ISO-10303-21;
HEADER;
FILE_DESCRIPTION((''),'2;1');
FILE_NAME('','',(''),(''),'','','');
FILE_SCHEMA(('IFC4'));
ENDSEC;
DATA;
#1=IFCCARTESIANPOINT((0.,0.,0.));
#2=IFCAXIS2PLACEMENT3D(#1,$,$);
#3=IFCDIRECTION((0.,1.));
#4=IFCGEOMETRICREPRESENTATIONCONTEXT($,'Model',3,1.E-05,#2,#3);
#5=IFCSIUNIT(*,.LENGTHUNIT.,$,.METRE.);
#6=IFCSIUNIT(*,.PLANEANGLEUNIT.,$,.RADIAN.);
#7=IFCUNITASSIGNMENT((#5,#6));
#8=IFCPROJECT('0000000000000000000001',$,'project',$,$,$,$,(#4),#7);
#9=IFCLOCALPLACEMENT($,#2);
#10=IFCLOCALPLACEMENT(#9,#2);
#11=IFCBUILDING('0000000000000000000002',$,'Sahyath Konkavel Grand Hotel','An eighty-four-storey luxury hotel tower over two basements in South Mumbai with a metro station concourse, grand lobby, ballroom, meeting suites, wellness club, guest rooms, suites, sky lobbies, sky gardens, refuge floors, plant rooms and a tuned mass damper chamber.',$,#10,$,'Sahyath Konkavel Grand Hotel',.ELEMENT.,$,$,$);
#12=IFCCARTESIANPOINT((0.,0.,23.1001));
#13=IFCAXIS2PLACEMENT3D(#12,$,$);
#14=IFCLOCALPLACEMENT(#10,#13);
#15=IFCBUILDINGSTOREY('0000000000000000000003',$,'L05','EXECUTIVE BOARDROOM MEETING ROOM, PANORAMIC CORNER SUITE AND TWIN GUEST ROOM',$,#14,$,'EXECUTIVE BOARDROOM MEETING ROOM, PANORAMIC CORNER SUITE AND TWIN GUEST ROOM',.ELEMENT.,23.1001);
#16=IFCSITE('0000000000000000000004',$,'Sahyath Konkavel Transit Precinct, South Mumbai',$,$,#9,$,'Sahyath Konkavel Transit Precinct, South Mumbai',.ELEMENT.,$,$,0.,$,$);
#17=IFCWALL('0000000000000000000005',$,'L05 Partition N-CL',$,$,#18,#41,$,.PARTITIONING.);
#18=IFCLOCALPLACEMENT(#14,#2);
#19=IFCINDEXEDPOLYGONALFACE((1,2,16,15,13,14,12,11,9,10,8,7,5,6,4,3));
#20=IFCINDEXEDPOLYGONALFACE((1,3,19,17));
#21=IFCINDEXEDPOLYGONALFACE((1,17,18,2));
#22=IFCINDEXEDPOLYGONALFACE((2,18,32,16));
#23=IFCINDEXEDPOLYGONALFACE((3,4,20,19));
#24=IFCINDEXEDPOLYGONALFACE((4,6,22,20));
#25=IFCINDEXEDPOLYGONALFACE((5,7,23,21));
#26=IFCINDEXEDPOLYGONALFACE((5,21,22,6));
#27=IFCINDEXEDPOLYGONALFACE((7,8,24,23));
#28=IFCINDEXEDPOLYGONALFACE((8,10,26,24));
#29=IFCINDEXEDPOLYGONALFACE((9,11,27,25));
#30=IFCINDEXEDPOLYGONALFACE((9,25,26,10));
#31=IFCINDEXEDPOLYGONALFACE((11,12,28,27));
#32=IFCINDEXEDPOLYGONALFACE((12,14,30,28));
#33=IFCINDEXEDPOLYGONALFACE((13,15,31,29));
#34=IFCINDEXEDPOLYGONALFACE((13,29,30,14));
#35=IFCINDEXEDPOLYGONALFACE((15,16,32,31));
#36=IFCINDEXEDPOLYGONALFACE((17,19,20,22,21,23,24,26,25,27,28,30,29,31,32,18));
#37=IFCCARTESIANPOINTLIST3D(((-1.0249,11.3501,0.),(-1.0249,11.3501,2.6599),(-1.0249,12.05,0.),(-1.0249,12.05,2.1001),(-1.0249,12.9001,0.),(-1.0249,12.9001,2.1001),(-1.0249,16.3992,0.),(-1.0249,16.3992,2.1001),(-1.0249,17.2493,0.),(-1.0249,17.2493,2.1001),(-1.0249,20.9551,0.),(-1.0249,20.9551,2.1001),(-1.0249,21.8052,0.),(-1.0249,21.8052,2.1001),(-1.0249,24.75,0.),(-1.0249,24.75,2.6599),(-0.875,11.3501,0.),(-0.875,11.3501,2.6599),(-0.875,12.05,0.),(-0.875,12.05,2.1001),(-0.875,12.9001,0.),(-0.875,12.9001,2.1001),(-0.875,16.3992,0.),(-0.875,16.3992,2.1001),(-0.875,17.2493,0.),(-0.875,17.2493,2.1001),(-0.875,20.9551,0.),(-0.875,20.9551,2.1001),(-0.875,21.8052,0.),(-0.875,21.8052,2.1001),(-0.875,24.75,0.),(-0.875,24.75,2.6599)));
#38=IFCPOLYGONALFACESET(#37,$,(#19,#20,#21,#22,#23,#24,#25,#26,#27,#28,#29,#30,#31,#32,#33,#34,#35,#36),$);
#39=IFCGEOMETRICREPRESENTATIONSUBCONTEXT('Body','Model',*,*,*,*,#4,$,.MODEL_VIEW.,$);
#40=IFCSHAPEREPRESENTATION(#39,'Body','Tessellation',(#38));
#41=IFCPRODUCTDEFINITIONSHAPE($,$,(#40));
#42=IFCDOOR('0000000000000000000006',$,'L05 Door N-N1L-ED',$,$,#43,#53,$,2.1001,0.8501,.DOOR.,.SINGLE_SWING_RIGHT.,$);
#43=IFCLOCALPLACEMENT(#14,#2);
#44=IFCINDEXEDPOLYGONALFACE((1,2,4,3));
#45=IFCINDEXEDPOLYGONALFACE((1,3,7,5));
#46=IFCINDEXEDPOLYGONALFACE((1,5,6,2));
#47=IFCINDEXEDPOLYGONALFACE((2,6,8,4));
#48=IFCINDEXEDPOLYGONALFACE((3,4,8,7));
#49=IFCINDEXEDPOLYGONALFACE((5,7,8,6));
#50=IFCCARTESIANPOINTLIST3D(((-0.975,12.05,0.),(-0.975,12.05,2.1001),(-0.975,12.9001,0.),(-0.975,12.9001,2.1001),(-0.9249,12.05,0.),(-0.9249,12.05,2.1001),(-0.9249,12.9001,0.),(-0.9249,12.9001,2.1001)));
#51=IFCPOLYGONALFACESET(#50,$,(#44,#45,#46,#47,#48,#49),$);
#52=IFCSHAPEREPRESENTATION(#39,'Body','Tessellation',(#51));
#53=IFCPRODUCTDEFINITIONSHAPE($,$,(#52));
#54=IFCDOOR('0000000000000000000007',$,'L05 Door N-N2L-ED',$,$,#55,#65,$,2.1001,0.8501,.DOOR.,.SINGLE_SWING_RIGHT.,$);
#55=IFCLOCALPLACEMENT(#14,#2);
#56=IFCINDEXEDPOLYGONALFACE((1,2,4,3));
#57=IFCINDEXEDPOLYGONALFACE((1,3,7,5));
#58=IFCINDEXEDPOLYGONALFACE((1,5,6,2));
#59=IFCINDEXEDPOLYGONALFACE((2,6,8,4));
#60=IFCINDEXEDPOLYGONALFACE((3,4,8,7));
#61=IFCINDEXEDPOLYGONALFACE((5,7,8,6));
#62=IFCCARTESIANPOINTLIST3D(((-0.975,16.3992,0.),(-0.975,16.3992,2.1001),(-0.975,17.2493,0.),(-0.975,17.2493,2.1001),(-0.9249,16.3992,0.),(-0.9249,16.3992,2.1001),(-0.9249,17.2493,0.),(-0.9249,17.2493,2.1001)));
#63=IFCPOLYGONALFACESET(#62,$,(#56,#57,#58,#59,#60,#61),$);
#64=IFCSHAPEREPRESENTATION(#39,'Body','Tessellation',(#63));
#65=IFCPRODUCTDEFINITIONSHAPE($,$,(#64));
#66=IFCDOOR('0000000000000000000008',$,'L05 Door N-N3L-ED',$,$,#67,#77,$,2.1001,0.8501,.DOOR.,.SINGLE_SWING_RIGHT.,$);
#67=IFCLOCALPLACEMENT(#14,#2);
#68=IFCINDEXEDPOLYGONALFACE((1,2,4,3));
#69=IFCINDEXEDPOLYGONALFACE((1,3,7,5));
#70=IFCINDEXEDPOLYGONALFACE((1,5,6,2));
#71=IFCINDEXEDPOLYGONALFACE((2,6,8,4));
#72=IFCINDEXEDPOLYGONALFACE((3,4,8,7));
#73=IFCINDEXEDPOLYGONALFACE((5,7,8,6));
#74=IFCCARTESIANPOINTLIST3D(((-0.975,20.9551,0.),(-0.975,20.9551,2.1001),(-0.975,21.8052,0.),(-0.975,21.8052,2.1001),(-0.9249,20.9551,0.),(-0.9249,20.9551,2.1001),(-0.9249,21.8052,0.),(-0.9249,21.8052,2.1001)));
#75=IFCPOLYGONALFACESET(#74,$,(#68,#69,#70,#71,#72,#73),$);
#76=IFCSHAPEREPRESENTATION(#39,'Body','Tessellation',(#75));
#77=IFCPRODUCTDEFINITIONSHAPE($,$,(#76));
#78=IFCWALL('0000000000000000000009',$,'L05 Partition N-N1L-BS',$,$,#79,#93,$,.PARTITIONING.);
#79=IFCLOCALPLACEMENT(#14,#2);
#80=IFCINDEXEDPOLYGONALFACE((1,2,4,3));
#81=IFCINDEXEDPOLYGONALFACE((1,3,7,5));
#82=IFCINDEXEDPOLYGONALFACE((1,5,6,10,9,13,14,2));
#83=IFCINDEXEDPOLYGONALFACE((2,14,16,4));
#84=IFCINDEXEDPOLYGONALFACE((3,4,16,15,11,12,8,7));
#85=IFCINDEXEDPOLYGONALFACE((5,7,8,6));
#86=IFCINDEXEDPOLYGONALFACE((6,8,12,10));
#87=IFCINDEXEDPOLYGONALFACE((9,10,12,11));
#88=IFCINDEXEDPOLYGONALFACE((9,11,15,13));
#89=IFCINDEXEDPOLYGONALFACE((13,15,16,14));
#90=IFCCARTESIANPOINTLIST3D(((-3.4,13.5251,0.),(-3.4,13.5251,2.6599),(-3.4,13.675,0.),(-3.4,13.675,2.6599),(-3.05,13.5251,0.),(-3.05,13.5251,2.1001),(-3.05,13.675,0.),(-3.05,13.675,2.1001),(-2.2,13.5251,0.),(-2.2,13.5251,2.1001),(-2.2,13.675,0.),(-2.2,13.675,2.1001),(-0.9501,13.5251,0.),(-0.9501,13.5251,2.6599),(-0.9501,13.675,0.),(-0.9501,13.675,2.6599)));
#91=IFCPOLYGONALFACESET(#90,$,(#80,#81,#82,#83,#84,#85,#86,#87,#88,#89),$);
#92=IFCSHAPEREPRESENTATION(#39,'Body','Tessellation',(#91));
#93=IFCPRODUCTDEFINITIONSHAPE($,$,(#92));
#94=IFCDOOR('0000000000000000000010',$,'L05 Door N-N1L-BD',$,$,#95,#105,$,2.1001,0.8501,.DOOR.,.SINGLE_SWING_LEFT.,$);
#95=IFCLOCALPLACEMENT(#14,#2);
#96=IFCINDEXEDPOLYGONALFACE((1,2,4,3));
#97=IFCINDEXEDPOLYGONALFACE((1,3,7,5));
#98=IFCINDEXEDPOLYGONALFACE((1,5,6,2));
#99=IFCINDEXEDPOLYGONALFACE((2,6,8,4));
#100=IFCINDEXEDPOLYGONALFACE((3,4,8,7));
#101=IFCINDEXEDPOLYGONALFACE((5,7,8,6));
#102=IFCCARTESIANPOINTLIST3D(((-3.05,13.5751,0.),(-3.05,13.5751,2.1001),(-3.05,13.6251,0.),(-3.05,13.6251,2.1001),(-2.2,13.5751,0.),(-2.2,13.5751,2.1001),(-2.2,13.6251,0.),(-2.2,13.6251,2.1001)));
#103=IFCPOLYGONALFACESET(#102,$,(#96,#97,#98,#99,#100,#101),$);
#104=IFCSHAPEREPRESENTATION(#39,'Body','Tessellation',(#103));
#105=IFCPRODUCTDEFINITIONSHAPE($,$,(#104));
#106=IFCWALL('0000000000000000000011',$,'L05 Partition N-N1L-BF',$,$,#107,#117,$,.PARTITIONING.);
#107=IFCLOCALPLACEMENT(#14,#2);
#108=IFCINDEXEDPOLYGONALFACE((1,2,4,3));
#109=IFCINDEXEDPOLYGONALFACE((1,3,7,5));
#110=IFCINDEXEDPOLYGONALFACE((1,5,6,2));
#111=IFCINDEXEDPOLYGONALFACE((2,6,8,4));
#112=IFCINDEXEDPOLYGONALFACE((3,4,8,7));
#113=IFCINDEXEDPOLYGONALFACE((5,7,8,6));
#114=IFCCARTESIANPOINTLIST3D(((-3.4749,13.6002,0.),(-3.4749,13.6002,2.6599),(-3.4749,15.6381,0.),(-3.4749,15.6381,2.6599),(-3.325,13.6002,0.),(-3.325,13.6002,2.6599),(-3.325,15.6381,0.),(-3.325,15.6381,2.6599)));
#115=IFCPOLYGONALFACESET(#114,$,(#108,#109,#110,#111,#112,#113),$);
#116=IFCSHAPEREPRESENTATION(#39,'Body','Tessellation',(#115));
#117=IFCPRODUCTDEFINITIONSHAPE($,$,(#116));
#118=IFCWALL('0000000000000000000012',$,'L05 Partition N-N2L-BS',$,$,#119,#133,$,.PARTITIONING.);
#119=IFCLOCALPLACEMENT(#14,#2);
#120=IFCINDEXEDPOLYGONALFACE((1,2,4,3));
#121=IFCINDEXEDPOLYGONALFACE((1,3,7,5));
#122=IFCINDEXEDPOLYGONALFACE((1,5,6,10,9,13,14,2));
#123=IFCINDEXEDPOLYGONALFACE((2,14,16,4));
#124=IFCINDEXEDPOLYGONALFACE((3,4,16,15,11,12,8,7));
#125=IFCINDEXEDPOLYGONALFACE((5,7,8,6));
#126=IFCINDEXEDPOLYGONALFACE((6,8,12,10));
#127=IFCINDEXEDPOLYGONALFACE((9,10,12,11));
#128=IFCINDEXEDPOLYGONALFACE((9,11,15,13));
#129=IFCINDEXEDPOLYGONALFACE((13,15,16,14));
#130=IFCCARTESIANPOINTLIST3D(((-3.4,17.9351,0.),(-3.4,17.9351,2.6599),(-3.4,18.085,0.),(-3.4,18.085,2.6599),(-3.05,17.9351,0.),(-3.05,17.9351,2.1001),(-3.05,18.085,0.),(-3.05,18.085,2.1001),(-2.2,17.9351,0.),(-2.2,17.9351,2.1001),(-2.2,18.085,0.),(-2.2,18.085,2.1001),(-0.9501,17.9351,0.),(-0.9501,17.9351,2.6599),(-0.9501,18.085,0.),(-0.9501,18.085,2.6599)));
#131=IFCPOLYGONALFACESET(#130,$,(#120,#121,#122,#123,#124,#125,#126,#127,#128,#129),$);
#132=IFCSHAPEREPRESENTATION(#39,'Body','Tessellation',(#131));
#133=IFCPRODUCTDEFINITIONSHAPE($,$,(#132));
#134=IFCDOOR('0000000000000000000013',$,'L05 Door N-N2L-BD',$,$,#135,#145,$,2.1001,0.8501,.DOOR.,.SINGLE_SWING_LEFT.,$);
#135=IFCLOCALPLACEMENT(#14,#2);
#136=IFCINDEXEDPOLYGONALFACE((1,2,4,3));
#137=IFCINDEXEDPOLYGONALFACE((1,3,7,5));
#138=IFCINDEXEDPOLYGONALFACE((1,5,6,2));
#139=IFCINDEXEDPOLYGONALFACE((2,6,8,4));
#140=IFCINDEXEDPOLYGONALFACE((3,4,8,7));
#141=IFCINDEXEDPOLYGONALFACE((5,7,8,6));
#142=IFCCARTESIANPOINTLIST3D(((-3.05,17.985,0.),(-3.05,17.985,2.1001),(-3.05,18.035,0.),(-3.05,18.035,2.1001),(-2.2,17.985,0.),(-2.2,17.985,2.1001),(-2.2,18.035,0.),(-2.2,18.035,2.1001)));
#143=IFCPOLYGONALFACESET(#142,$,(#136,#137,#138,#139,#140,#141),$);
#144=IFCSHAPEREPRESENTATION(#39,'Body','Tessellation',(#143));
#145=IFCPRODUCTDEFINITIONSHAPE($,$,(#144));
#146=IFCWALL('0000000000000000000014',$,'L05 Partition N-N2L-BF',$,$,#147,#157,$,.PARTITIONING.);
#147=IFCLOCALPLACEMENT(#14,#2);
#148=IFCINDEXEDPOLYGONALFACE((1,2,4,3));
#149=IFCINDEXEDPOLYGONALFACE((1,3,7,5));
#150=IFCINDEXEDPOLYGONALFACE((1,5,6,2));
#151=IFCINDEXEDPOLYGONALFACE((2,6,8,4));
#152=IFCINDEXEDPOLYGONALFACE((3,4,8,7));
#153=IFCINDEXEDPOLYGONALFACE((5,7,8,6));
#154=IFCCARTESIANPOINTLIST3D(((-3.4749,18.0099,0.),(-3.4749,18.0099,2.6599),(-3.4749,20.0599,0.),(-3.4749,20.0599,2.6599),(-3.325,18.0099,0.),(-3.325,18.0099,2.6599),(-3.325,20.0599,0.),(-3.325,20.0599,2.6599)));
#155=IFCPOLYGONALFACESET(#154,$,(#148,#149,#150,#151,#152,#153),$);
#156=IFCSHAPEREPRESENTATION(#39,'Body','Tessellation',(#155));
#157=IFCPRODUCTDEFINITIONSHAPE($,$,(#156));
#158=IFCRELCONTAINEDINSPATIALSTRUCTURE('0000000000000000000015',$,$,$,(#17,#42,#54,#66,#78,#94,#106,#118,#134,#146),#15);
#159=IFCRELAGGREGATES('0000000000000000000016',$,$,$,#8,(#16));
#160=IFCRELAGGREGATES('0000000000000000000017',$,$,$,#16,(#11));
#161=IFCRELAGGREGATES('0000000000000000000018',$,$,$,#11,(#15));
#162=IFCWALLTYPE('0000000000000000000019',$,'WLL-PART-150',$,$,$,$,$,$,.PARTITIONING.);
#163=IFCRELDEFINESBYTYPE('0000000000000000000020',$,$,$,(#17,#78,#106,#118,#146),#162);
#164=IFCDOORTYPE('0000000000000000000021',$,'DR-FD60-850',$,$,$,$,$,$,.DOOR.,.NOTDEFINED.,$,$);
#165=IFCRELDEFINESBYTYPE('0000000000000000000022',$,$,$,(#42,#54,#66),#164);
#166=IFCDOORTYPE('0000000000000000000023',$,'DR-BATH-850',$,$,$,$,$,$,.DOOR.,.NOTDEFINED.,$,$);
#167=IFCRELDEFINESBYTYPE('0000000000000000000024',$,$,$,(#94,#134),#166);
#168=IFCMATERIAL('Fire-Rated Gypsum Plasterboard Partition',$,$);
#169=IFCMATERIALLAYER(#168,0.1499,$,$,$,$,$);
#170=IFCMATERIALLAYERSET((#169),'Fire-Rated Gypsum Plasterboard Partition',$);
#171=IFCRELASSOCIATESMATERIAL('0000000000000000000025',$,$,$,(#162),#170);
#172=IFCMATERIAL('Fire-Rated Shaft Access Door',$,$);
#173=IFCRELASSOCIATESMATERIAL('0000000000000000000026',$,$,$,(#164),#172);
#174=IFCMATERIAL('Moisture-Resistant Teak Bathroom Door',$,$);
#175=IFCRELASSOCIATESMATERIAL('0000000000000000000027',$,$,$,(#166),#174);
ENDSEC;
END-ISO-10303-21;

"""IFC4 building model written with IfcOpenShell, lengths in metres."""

from ifc_helpers import new_model, si_unit, direction, frame, frame_2d, origin, origin_2d, place, context, subcontext, project, spatial, rectangle, extrude, source, transform, mapped, material, layer, layer_set, type_object, element, fill, save


model = new_model("IFC4")

# Units and contexts
model_context = context("Model", 3, precision=1e-05, world=origin(), true_north=direction((0.0, 1.0)))
body_context = subcontext(model_context, "Body", "Model", "MODEL_VIEW")
ifc_project = project(units=[si_unit("LENGTHUNIT", "METRE"), si_unit("PLANEANGLEUNIT", "RADIAN")], contexts=[model_context])

# Site, building, storey
site_placement = place(None, origin())
site = spatial("IfcSite", under=ifc_project, at=site_placement, Name="Sahyath Konkavel Transit Precinct, South Mumbai", LongName="Sahyath Konkavel Transit Precinct, South Mumbai", CompositionType="ELEMENT", RefElevation=0.0)
building_placement = place(site_placement, origin())
building = spatial("IfcBuilding", under=site, at=building_placement, Name="Sahyath Konkavel Grand Hotel", Description="An eighty-four-storey luxury hotel tower over two basements in South Mumbai with a metro station concourse, grand lobby, ballroom, meeting suites, wellness club, guest rooms, suites, sky lobbies, sky gardens, refuge floors, plant rooms and a tuned mass damper chamber.", LongName="Sahyath Konkavel Grand Hotel", CompositionType="ELEMENT")
storey_placement = place(building_placement, frame((0.0, 0.0, 23.1001)))
storey = spatial("IfcBuildingStorey", under=building, at=storey_placement, Name="L05", Description="EXECUTIVE BOARDROOM MEETING ROOM, PANORAMIC CORNER SUITE AND TWIN GUEST ROOM", LongName="EXECUTIVE BOARDROOM MEETING ROOM, PANORAMIC CORNER SUITE AND TWIN GUEST ROOM", CompositionType="ELEMENT", Elevation=23.1001)

# Wall, openings, doors
ifc_material_1 = material(Name="Fire-Rated Gypsum Plasterboard Partition")
ifc_layer_1 = layer(ifc_material_1, 0.1499)
ifc_layer_set_1 = layer_set([ifc_layer_1], Name="Fire-Rated Gypsum Plasterboard Partition")
wall_type_1 = type_object("IfcWallType", Name="WLL-PART-150", PredefinedType="PARTITIONING", material=ifc_layer_set_1)
wall_1_placement = place(storey_placement, frame((-0.95, 11.3501, 0.0), z_axis=(0.0, 0.0, 1.0), x_axis=(0.0, 1.0, 0.0)))
wall_1 = element("IfcWall", 1, at=wall_1_placement, inside=storey, type_object=wall_type_1, Name="L05 Partition N-CL", PredefinedType="PARTITIONING", context=body_context, shape_type="SweptSolid", body=[
    extrude(rectangle(XDim=13.3999, YDim=0.1499, at=frame_2d((6.7, 0.0))), origin(), (0.0, 0.0, 1.0), 2.6599),
])
opening_1_placement = place(wall_1_placement, frame((0.7, 0.0, 0.0)))
opening_1 = element("IfcOpeningElement", 2, at=opening_1_placement, cuts=wall_1, PredefinedType="OPENING", context=body_context, shape_type="SweptSolid", body=[
    extrude(rectangle(XDim=0.8501, YDim=2.1001, at=frame_2d((0.425, 1.05))), frame((0.0, 0.085, 0.0), z_axis=(0.0, -1.0, 0.0), x_axis=(1.0, 0.0, 0.0)), (0.0, 0.0, 1.0), 0.1699),
])
opening_2_placement = place(wall_1_placement, frame((5.0491, 0.0, 0.0)))
opening_2 = element("IfcOpeningElement", 3, at=opening_2_placement, cuts=wall_1, PredefinedType="OPENING", context=body_context, shape_type="SweptSolid", body=[
    extrude(rectangle(XDim=0.8501, YDim=2.1001, at=frame_2d((0.425, 1.05))), frame((0.0, 0.085, 0.0), z_axis=(0.0, -1.0, 0.0), x_axis=(1.0, 0.0, 0.0)), (0.0, 0.0, 1.0), 0.1699),
])
opening_3_placement = place(wall_1_placement, frame((9.605, 0.0, 0.0)))
opening_3 = element("IfcOpeningElement", 4, at=opening_3_placement, cuts=wall_1, PredefinedType="OPENING", context=body_context, shape_type="SweptSolid", body=[
    extrude(rectangle(XDim=0.8501, YDim=2.1001, at=frame_2d((0.425, 1.05))), frame((0.0, 0.085, 0.0), z_axis=(0.0, -1.0, 0.0), x_axis=(1.0, 0.0, 0.0)), (0.0, 0.0, 1.0), 0.1699),
])
ifc_material_2 = material(Name="Fire-Rated Shaft Access Door")
door_type_1 = type_object("IfcDoorType", Name="DR-FD60-850", OperationType="NOTDEFINED", PredefinedType="DOOR", material=ifc_material_2)
shared_shape_1 = source(origin(), body_context, "Body", "SweptSolid", [
    extrude(rectangle(XDim=0.8501, YDim=0.05, at=origin_2d()), origin(), (0.0, 0.0, 1.0), 2.1001),
])
door_1_placement = place(opening_1_placement, frame((0.425, 0.0, 0.0)))
door_1 = element("IfcDoor", 5, at=door_1_placement, inside=storey, type_object=door_type_1, Name="L05 Door N-N1L-ED", OperationType="SINGLE_SWING_RIGHT", OverallHeight=2.1001, OverallWidth=0.8501, PredefinedType="DOOR", context=body_context, shape_type="MappedRepresentation", body=[
    mapped(shared_shape_1, transform((0.0, 0.0, 0.0), scale=1.0)),
])
fill(opening_1, door_1)
door_2_placement = place(opening_2_placement, frame((0.425, 0.0, 0.0)))
door_2 = element("IfcDoor", 6, at=door_2_placement, inside=storey, type_object=door_type_1, Name="L05 Door N-N2L-ED", OperationType="SINGLE_SWING_RIGHT", OverallHeight=2.1001, OverallWidth=0.8501, PredefinedType="DOOR", context=body_context, shape_type="MappedRepresentation", body=[
    mapped(shared_shape_1, transform((0.0, 0.0, 0.0), scale=1.0)),
])
fill(opening_2, door_2)
door_3_placement = place(opening_3_placement, frame((0.425, 0.0, 0.0)))
door_3 = element("IfcDoor", 7, at=door_3_placement, inside=storey, type_object=door_type_1, Name="L05 Door N-N3L-ED", OperationType="SINGLE_SWING_RIGHT", OverallHeight=2.1001, OverallWidth=0.8501, PredefinedType="DOOR", context=body_context, shape_type="MappedRepresentation", body=[
    mapped(shared_shape_1, transform((0.0, 0.0, 0.0), scale=1.0)),
])
fill(opening_3, door_3)

# Wall, opening, door
wall_2_placement = place(storey_placement, frame((-0.95, 13.6001, 0.0), z_axis=(0.0, 0.0, 1.0), x_axis=(-1.0, 0.0, 0.0)))
wall_2 = element("IfcWall", 8, at=wall_2_placement, inside=storey, type_object=wall_type_1, Name="L05 Partition N-N1L-BS", PredefinedType="PARTITIONING", context=body_context, shape_type="SweptSolid", body=[
    extrude(rectangle(XDim=2.45, YDim=0.1499, at=frame_2d((1.2251, 0.0))), origin(), (0.0, 0.0, 1.0), 2.6599),
])
opening_4_placement = place(wall_2_placement, frame((1.25, 0.0, 0.0)))
opening_4 = element("IfcOpeningElement", 9, at=opening_4_placement, cuts=wall_2, PredefinedType="OPENING", context=body_context, shape_type="SweptSolid", body=[
    extrude(rectangle(XDim=0.8501, YDim=2.1001, at=frame_2d((0.425, 1.05))), frame((0.0, 0.085, 0.0), z_axis=(0.0, -1.0, 0.0), x_axis=(1.0, 0.0, 0.0)), (0.0, 0.0, 1.0), 0.1699),
])
ifc_material_3 = material(Name="Moisture-Resistant Teak Bathroom Door")
door_type_2 = type_object("IfcDoorType", Name="DR-BATH-850", OperationType="NOTDEFINED", PredefinedType="DOOR", material=ifc_material_3)
door_4_placement = place(opening_4_placement, frame((0.425, 0.0, 0.0)))
door_4 = element("IfcDoor", 10, at=door_4_placement, inside=storey, type_object=door_type_2, Name="L05 Door N-N1L-BD", OperationType="SINGLE_SWING_LEFT", OverallHeight=2.1001, OverallWidth=0.8501, PredefinedType="DOOR", context=body_context, shape_type="MappedRepresentation", body=[
    mapped(shared_shape_1, transform((0.0, 0.0, 0.0), scale=1.0)),
])
fill(opening_4, door_4)

# Wall
wall_3_placement = place(storey_placement, frame((-3.3999, 13.6001, 0.0), z_axis=(0.0, 0.0, 1.0), x_axis=(0.0, 1.0, 0.0)))
element("IfcWall", 11, at=wall_3_placement, inside=storey, type_object=wall_type_1, Name="L05 Partition N-N1L-BF", PredefinedType="PARTITIONING", context=body_context, shape_type="SweptSolid", body=[
    extrude(rectangle(XDim=2.0378, YDim=0.1499, at=frame_2d((1.019, 0.0))), origin(), (0.0, 0.0, 1.0), 2.6599),
])

# Wall, opening, door
wall_4_placement = place(storey_placement, frame((-0.95, 18.01, 0.0), z_axis=(0.0, 0.0, 1.0), x_axis=(-1.0, 0.0, 0.0)))
wall_4 = element("IfcWall", 12, at=wall_4_placement, inside=storey, type_object=wall_type_1, Name="L05 Partition N-N2L-BS", PredefinedType="PARTITIONING", context=body_context, shape_type="SweptSolid", body=[
    extrude(rectangle(XDim=2.45, YDim=0.1499, at=frame_2d((1.2251, 0.0))), origin(), (0.0, 0.0, 1.0), 2.6599),
])
opening_5_placement = place(wall_4_placement, frame((1.25, 0.0, 0.0)))
opening_5 = element("IfcOpeningElement", 13, at=opening_5_placement, cuts=wall_4, PredefinedType="OPENING", context=body_context, shape_type="SweptSolid", body=[
    extrude(rectangle(XDim=0.8501, YDim=2.1001, at=frame_2d((0.425, 1.05))), frame((0.0, 0.085, 0.0), z_axis=(0.0, -1.0, 0.0), x_axis=(1.0, 0.0, 0.0)), (0.0, 0.0, 1.0), 0.1699),
])
door_5_placement = place(opening_5_placement, frame((0.425, 0.0, 0.0)))
door_5 = element("IfcDoor", 14, at=door_5_placement, inside=storey, type_object=door_type_2, Name="L05 Door N-N2L-BD", OperationType="SINGLE_SWING_LEFT", OverallHeight=2.1001, OverallWidth=0.8501, PredefinedType="DOOR", context=body_context, shape_type="MappedRepresentation", body=[
    mapped(shared_shape_1, transform((0.0, 0.0, 0.0), scale=1.0)),
])
fill(opening_5, door_5)

# Wall
wall_5_placement = place(storey_placement, frame((-3.3999, 18.01, 0.0), z_axis=(0.0, 0.0, 1.0), x_axis=(0.0, 1.0, 0.0)))
element("IfcWall", 15, at=wall_5_placement, inside=storey, type_object=wall_type_1, Name="L05 Partition N-N2L-BF", PredefinedType="PARTITIONING", context=body_context, shape_type="SweptSolid", body=[
    extrude(rectangle(XDim=2.05, YDim=0.1499, at=frame_2d((1.0249, 0.0))), origin(), (0.0, 0.0, 1.0), 2.6599),
])

save(model, "model.ifc")
